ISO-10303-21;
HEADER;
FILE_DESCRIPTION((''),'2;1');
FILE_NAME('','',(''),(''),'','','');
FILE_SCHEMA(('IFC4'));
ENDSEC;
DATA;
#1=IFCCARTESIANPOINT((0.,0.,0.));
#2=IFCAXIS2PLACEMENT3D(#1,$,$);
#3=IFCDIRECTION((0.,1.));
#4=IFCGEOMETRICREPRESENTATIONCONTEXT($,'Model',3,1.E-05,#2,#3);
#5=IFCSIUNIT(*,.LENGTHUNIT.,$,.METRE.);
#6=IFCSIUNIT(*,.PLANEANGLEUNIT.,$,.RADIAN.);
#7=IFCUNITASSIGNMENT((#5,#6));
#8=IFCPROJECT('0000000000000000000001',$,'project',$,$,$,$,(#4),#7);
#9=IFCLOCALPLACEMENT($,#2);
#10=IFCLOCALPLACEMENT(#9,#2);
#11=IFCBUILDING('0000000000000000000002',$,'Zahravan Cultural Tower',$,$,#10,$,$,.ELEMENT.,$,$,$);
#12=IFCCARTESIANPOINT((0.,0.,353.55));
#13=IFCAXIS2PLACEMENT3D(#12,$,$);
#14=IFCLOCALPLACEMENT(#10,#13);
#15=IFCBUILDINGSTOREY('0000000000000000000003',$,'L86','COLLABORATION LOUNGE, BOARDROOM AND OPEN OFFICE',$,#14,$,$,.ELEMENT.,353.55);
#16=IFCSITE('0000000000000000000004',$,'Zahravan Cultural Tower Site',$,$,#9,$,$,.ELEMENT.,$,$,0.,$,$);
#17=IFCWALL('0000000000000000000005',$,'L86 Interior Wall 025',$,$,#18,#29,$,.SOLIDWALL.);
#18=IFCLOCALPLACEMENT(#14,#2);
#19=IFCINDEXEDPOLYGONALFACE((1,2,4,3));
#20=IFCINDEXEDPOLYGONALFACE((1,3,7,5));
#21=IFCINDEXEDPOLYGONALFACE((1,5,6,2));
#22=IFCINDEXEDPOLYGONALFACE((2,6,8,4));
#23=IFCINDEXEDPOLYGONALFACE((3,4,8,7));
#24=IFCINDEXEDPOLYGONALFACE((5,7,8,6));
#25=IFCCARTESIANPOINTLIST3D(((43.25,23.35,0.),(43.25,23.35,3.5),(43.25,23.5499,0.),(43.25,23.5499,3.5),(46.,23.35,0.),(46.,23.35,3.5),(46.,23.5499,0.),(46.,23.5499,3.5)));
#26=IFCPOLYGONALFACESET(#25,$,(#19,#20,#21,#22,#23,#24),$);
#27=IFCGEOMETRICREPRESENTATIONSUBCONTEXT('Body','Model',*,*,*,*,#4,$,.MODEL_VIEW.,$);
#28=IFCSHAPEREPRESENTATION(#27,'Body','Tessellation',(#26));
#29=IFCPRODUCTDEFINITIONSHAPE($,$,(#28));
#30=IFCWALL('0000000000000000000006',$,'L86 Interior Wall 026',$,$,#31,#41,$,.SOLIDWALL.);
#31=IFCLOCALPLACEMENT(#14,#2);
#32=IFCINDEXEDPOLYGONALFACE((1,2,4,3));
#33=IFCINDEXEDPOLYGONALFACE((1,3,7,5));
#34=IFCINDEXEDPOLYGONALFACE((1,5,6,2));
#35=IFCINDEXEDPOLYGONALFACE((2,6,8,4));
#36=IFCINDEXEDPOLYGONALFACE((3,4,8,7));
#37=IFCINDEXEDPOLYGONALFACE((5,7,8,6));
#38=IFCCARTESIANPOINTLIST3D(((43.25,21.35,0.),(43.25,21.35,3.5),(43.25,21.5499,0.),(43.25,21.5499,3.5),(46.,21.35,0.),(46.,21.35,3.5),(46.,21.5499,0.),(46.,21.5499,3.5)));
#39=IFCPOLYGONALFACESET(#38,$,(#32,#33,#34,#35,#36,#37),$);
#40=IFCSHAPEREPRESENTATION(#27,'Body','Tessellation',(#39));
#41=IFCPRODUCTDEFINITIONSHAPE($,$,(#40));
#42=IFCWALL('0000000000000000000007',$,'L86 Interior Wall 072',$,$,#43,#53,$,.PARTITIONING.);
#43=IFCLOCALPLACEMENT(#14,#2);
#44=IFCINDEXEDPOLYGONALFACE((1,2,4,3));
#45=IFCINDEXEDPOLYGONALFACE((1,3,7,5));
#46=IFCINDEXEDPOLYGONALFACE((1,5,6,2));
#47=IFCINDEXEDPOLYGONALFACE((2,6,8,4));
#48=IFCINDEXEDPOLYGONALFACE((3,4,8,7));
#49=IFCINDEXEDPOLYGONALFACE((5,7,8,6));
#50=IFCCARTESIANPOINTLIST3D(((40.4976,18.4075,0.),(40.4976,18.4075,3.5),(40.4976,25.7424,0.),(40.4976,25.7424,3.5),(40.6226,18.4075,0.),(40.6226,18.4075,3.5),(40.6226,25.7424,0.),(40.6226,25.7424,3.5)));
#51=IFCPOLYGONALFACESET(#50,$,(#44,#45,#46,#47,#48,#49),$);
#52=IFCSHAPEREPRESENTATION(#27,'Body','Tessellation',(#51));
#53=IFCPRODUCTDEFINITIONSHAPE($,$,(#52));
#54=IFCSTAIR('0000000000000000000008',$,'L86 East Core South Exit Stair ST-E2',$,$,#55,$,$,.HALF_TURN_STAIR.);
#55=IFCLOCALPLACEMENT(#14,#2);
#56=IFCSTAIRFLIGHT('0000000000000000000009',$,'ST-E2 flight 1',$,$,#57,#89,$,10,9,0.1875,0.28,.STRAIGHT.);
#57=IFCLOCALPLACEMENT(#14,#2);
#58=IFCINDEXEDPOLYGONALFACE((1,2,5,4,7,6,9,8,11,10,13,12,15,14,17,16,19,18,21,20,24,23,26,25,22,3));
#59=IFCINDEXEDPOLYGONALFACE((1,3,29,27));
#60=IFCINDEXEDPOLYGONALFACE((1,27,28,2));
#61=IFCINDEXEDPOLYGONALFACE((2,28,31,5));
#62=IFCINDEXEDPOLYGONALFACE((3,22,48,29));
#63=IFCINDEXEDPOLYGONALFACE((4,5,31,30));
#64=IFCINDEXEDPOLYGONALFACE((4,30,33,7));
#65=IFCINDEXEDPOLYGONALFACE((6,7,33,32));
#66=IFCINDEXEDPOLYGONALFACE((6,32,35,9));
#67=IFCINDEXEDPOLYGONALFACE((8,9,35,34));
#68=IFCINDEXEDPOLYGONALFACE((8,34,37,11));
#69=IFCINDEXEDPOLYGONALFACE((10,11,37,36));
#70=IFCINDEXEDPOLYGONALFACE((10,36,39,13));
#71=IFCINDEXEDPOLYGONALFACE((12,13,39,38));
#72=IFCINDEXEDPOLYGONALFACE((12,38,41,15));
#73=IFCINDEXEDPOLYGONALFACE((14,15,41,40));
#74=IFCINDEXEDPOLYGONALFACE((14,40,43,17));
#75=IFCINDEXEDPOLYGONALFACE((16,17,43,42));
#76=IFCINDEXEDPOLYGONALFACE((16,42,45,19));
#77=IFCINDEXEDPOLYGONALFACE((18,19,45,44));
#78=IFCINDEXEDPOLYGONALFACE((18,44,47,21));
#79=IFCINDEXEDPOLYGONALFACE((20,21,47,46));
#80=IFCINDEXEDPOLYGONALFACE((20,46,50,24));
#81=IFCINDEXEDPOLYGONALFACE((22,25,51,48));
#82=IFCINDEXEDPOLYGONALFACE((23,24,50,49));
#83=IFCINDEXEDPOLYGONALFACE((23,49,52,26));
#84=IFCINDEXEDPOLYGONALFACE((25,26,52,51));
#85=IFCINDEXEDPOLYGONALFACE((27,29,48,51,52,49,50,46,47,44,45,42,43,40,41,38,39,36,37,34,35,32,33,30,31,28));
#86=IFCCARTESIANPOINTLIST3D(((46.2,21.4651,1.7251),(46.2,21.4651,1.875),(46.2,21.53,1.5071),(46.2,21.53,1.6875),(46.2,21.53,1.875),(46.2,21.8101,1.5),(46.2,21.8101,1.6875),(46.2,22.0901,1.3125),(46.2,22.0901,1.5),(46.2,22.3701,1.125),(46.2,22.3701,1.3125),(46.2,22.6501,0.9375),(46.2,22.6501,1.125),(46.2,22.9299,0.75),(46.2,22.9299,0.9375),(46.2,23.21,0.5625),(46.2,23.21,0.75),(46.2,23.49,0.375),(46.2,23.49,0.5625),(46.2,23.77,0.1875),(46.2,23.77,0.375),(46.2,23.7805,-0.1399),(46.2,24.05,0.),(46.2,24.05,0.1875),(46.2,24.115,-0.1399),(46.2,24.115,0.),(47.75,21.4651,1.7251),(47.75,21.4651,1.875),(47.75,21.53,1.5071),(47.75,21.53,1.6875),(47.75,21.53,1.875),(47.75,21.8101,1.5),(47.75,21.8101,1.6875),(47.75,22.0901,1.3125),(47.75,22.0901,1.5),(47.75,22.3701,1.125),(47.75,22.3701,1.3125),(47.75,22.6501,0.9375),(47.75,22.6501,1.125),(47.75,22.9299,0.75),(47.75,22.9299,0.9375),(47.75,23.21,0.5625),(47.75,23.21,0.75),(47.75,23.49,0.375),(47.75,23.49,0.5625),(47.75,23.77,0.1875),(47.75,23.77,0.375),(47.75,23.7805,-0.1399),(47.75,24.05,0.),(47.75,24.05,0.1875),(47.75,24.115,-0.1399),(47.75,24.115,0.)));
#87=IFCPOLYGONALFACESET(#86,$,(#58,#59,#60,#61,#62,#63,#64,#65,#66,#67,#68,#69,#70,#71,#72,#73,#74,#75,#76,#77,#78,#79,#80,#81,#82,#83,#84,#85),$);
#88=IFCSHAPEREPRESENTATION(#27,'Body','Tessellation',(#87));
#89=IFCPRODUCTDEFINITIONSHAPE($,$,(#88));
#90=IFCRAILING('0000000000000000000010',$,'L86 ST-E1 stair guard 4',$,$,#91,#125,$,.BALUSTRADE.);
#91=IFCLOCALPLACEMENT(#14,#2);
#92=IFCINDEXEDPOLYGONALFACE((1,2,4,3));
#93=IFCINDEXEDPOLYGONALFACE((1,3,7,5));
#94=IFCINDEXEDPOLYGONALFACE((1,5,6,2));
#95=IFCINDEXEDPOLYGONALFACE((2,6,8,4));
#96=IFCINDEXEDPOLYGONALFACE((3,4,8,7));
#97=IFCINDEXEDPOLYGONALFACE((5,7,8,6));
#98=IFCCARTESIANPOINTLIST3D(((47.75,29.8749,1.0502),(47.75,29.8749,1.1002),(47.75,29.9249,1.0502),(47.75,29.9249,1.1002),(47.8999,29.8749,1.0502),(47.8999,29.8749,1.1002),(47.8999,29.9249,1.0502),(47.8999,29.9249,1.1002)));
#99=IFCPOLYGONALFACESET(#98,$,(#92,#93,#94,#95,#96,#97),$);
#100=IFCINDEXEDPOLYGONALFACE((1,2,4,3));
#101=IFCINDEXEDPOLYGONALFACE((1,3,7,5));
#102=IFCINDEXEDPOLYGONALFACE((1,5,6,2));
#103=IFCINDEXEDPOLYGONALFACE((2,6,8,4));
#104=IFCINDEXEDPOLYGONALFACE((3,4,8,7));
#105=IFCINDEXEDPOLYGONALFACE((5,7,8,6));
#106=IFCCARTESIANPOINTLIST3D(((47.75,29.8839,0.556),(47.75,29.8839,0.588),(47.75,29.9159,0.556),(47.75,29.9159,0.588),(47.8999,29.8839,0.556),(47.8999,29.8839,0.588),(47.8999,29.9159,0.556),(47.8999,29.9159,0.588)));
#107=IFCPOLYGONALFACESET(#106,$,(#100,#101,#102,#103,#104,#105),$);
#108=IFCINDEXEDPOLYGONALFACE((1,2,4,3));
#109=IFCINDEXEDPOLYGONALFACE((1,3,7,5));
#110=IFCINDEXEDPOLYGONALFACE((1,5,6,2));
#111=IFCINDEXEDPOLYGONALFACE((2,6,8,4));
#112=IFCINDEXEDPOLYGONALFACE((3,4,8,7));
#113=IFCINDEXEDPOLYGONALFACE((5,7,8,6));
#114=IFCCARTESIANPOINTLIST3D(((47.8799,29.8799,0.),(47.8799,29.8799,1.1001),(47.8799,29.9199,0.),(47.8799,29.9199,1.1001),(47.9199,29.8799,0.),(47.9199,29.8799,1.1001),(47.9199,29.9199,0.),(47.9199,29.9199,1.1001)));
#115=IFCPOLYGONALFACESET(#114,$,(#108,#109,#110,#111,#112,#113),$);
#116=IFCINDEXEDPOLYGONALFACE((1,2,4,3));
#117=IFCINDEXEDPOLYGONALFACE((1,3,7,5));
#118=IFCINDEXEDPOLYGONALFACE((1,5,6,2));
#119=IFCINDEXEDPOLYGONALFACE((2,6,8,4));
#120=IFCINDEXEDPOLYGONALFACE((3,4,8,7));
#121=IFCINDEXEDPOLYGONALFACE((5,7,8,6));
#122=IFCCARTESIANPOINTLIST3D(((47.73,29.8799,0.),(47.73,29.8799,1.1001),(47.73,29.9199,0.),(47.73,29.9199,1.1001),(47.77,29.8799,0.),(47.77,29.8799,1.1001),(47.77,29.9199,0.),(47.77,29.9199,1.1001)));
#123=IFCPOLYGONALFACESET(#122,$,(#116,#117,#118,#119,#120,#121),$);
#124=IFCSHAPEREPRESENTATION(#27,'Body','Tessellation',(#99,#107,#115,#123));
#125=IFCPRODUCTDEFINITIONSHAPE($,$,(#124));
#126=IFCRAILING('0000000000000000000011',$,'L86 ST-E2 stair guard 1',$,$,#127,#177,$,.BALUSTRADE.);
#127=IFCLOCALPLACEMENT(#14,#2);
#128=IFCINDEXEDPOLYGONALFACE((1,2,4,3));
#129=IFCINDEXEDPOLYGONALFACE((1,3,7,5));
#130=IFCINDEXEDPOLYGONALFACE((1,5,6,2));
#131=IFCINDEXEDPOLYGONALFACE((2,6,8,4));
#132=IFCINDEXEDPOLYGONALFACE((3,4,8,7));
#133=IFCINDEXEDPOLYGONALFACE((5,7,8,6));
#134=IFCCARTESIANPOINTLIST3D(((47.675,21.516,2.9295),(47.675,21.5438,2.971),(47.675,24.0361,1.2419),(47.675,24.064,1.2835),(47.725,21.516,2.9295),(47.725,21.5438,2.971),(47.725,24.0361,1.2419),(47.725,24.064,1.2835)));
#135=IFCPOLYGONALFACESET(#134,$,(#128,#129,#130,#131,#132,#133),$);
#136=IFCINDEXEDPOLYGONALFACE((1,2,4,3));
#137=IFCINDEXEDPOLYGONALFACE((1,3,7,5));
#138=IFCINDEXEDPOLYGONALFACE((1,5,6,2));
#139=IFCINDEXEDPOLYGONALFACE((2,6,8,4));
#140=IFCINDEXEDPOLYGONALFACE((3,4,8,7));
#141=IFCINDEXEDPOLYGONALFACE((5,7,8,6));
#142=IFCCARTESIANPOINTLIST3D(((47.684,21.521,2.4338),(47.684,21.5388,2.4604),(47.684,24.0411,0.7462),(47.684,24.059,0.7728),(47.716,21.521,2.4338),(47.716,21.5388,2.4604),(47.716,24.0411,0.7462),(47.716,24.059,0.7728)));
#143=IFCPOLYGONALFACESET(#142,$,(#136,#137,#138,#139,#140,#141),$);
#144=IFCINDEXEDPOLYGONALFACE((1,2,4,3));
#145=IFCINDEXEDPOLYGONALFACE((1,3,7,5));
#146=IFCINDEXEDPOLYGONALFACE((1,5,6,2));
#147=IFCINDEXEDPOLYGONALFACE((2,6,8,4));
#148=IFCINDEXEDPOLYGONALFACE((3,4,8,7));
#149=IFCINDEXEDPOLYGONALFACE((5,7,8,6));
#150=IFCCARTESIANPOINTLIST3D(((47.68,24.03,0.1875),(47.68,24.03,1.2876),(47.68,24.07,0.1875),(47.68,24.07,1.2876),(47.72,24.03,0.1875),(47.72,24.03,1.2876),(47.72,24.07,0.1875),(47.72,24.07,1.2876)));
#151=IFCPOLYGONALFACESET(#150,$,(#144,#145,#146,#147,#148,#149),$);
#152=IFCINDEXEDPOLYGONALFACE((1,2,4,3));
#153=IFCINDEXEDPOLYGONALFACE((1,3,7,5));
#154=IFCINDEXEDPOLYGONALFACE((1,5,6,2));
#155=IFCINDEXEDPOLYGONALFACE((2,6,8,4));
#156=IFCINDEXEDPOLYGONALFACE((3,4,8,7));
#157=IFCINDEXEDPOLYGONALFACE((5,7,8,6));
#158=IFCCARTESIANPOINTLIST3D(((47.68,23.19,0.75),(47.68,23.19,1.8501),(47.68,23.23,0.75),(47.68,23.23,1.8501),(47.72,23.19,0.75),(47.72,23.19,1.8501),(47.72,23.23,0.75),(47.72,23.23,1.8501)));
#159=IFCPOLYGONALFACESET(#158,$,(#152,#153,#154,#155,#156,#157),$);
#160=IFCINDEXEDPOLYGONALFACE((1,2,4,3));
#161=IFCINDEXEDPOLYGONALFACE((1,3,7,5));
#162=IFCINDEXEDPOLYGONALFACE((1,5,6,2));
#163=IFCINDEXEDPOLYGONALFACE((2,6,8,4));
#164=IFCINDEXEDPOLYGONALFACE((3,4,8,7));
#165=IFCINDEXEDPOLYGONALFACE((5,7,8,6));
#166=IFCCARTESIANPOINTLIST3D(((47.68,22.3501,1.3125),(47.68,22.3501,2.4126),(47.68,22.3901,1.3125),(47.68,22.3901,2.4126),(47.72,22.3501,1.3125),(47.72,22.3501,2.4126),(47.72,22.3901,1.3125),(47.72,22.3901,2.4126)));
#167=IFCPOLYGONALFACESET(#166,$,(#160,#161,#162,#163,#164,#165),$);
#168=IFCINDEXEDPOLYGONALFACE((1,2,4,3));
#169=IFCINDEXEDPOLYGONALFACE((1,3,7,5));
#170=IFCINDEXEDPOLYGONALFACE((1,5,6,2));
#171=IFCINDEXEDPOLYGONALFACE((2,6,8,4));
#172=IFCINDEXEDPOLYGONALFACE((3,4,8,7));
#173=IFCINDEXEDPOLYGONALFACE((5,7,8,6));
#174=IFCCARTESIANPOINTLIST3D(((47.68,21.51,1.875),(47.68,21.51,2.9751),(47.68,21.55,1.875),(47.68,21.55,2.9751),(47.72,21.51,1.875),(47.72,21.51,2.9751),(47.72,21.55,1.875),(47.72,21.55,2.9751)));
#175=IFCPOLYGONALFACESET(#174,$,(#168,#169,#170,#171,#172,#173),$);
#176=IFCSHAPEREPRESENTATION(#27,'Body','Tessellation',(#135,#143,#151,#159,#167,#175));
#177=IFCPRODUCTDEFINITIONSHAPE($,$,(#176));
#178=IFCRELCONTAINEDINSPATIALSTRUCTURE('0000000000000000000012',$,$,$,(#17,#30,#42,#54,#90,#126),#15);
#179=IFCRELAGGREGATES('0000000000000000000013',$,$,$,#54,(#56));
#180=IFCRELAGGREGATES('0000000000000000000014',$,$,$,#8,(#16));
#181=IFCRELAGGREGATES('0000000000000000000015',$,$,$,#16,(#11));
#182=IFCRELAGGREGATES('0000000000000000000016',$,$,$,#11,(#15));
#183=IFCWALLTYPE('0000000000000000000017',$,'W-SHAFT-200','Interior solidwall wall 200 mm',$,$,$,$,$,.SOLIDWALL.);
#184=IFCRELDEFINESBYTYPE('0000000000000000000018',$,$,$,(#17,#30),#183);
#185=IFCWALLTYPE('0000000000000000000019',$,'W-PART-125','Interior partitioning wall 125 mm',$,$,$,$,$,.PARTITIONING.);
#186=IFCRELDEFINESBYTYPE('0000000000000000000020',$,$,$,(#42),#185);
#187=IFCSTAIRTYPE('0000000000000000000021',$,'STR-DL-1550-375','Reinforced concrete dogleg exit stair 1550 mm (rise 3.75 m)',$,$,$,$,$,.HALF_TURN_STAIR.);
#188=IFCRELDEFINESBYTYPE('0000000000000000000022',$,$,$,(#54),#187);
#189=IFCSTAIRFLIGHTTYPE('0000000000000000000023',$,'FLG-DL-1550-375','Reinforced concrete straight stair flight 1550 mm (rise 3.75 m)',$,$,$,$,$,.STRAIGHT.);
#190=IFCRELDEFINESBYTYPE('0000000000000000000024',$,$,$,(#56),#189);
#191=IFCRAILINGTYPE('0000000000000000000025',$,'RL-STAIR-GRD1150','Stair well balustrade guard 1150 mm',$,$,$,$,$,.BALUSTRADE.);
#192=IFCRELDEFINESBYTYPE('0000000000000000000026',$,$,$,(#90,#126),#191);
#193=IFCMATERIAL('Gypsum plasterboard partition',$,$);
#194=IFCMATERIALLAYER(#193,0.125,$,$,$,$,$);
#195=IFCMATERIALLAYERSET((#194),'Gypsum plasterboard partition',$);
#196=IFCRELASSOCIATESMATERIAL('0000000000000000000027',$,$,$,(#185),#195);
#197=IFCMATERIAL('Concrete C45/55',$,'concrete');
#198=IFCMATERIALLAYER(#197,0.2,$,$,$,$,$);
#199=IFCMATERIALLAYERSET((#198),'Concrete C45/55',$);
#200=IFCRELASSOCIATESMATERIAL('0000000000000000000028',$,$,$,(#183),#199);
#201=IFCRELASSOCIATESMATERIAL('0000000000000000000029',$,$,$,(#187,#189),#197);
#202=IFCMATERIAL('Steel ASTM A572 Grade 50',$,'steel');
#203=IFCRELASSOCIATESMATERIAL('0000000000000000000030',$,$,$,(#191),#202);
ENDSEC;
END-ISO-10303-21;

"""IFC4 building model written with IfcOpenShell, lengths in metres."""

from ifc_helpers import new_model, si_unit, direction, frame, frame_2d, origin, origin_2d, place, context, subcontext, project, spatial, polyline, rectangle, outline, extrude, source, transform, mapped, material, layer, layer_set, type_object, element, aggregate, save


model = new_model("IFC4")

# Units and contexts
model_context = context("Model", 3, precision=1e-05, world=origin(), true_north=direction((0.0, 1.0)))
body_context = subcontext(model_context, "Body", "Model", "MODEL_VIEW")
ifc_project = project(units=[si_unit("LENGTHUNIT", "METRE"), si_unit("PLANEANGLEUNIT", "RADIAN")], contexts=[model_context])

# Site, building, storey
site_placement = place(None, origin())
site = spatial("IfcSite", under=ifc_project, at=site_placement, Name="Zahravan Cultural Tower Site", CompositionType="ELEMENT", RefElevation=0.0)
building_placement = place(site_placement, origin())
building = spatial("IfcBuilding", under=site, at=building_placement, Name="Zahravan Cultural Tower", CompositionType="ELEMENT")
storey_placement = place(building_placement, frame((0.0, 0.0, 353.55)))
storey = spatial("IfcBuildingStorey", under=building, at=storey_placement, Name="L86", Description="COLLABORATION LOUNGE, BOARDROOM AND OPEN OFFICE", CompositionType="ELEMENT", Elevation=353.55)

# Shared definitions
ifc_material_1 = material(Name="Steel ASTM A572 Grade 50", Category="steel")
ifc_material_2 = material(Name="Gypsum plasterboard partition")
ifc_layer_1 = layer(ifc_material_2, 0.125)
ifc_layer_set_1 = layer_set([ifc_layer_1], Name="Gypsum plasterboard partition")
wall_type_1 = type_object("IfcWallType", Name="W-PART-125", Description="Interior partitioning wall 125 mm", PredefinedType="PARTITIONING", material=ifc_layer_set_1)
ifc_material_3 = material(Name="Concrete C45/55", Category="concrete")
ifc_layer_2 = layer(ifc_material_3, 0.2)
ifc_layer_set_2 = layer_set([ifc_layer_2], Name="Concrete C45/55")
wall_type_2 = type_object("IfcWallType", Name="W-SHAFT-200", Description="Interior solidwall wall 200 mm", PredefinedType="SOLIDWALL", material=ifc_layer_set_2)

# Walls
shared_shape_1 = source(origin(), body_context, "Body", "SweptSolid", [
    extrude(rectangle(XDim=2.75, YDim=0.2, at=frame_2d((1.375, 0.0))), origin(), (0.0, 0.0, 1.0), 3.5),
])
for number, where, z_axis, x_axis, name in (
    (1, (43.25, 23.45, 0.0), (0.0, 0.0, 1.0), (1.0, 0.0, 0.0), "L86 Interior Wall 025"),
    (2, (43.25, 21.45, 0.0), (0.0, 0.0, 1.0), (1.0, 0.0, 0.0), "L86 Interior Wall 026"),
):
    element("IfcWall", number, at=place(storey_placement, frame(where, z_axis=z_axis, x_axis=x_axis)), inside=storey, type_object=wall_type_2, Name=name, PredefinedType="SOLIDWALL", context=body_context, shape_type="MappedRepresentation", body=[
        mapped(shared_shape_1, transform((0.0, 0.0, 0.0), x_axis=(1.0, 0.0, 0.0), y_axis=(0.0, 1.0, 0.0), z_axis=(0.0, 0.0, 1.0), scale=1.0)),
    ])
shared_shape_2 = source(origin(), body_context, "Body", "SweptSolid", [
    extrude(rectangle(XDim=7.335, YDim=0.125, at=frame_2d((3.6675, 0.0))), origin(), (0.0, 0.0, 1.0), 3.5),
])
wall_1_placement = place(storey_placement, frame((40.5601, 25.7424, 0.0), z_axis=(0.0, 0.0, 1.0), x_axis=(0.0, -1.0, 0.0)))
element("IfcWall", 3, at=wall_1_placement, inside=storey, type_object=wall_type_1, Name="L86 Interior Wall 072", PredefinedType="PARTITIONING", context=body_context, shape_type="MappedRepresentation", body=[
    mapped(shared_shape_2, transform((0.0, 0.0, 0.0), x_axis=(1.0, 0.0, 0.0), y_axis=(0.0, 1.0, 0.0), z_axis=(0.0, 0.0, 1.0), scale=1.0)),
])

# Stair, stair flight
stair_type = type_object("IfcStairType", Name="STR-DL-1550-375", Description="Reinforced concrete dogleg exit stair 1550 mm (rise 3.75 m)", PredefinedType="HALF_TURN_STAIR", material=ifc_material_3)
stair_placement = place(storey_placement, origin())
stair = element("IfcStair", 4, at=stair_placement, inside=storey, type_object=stair_type, Name="L86 East Core South Exit Stair ST-E2", PredefinedType="HALF_TURN_STAIR")
stair_flight_type = type_object("IfcStairFlightType", Name="FLG-DL-1550-375", Description="Reinforced concrete straight stair flight 1550 mm (rise 3.75 m)", PredefinedType="STRAIGHT", material=ifc_material_3)
stair_flight_placement = place(storey_placement, frame((46.9751, 24.05, 0.0), z_axis=(0.0, 0.0, 1.0), x_axis=(0.0, -1.0, 0.0)))
stair_flight = element("IfcStairFlight", 5, at=stair_flight_placement, type_object=stair_flight_type, Name="ST-E2 flight 1", NumberOfRisers=10, NumberOfTreads=9, PredefinedType="STRAIGHT", RiserHeight=0.1875, TreadLength=0.28, context=body_context, shape_type="SweptSolid", body=[
    extrude(outline(polyline([(-0.0649, -0.1399), (-0.0649, 0.0), (0.0, 0.0), (0.0, 0.1875), (0.28, 0.1875), (0.28, 0.375), (0.5601, 0.375), (0.5601, 0.5625), (0.8401, 0.5625), (0.8401, 0.75), (1.1201, 0.75), (1.1201, 0.9375), (1.3999, 0.9375), (1.3999, 1.125), (1.6799, 1.125), (1.6799, 1.3125), (1.96, 1.3125), (1.96, 1.5), (2.24, 1.5), (2.24, 1.6875), (2.52, 1.6875), (2.52, 1.875), (2.585, 1.875), (2.585, 1.7251), (2.52, 1.5071), (0.2695, -0.1399), (-0.0649, -0.1399)])), frame((0.0, 0.7749, 0.0), z_axis=(0.0, -1.0, 0.0), x_axis=(1.0, 0.0, 0.0)), (0.0, 0.0, 1.0), 1.55),
])
aggregate(stair, [stair_flight])

# Railings
railing_type_1 = type_object("IfcRailingType", Name="RL-STAIR-GRD1150", Description="Stair well balustrade guard 1150 mm", PredefinedType="BALUSTRADE", material=ifc_material_1)
railing_1_placement = place(storey_placement, frame((47.8999, 29.8999, 0.0)))
element("IfcRailing", 6, at=railing_1_placement, inside=storey, type_object=railing_type_1, Name="L86 ST-E1 stair guard 4", PredefinedType="BALUSTRADE", context=body_context, shape_type="SweptSolid", body=[
    extrude(rectangle(XDim=0.05, YDim=0.05, at=origin_2d()), frame((0.0, 0.0, 1.0752), z_axis=(-1.0, 0.0, 0.0), x_axis=(0.0, -1.0, 0.0)), (0.0, 0.0, 1.0), 0.1499),
    extrude(rectangle(XDim=0.032, YDim=0.032, at=origin_2d()), frame((0.0, 0.0, 0.572), z_axis=(-1.0, 0.0, 0.0), x_axis=(0.0, -1.0, 0.0)), (0.0, 0.0, 1.0), 0.1499),
    extrude(rectangle(XDim=0.04, YDim=0.04, at=origin_2d()), origin(), (0.0, 0.0, 1.0), 1.1001),
    extrude(rectangle(XDim=0.04, YDim=0.04, at=origin_2d()), frame((-0.1499, 0.0, 0.0)), (0.0, 0.0, 1.0), 1.1001),
])
railing_2_placement = place(storey_placement, frame((47.7, 24.05, 0.1875)))
element("IfcRailing", 7, at=railing_2_placement, inside=storey, type_object=railing_type_1, Name="L86 ST-E2 stair guard 1", PredefinedType="BALUSTRADE", context=body_context, shape_type="SweptSolid", body=[
    extrude(rectangle(XDim=0.05, YDim=0.05, at=origin_2d()), frame((0.0, 0.0, 1.0752), z_axis=(0.0, -0.830909, 0.556408), x_axis=(1.0, 0.0, 0.0)), (0.0, 0.0, 1.0), 3.033),
    extrude(rectangle(XDim=0.032, YDim=0.032, at=origin_2d()), frame((0.0, 0.0, 0.572), z_axis=(0.0, -0.830909, 0.556408), x_axis=(1.0, 0.0, 0.0)), (0.0, 0.0, 1.0), 3.033),
    extrude(rectangle(XDim=0.04, YDim=0.04, at=origin_2d()), origin(), (0.0, 0.0, 1.0), 1.1001),
    extrude(rectangle(XDim=0.04, YDim=0.04, at=origin_2d()), frame((0.0, -0.8401, 0.5625)), (0.0, 0.0, 1.0), 1.1001),
    extrude(rectangle(XDim=0.04, YDim=0.04, at=origin_2d()), frame((0.0, -1.6799, 1.125)), (0.0, 0.0, 1.0), 1.1001),
    extrude(rectangle(XDim=0.04, YDim=0.04, at=origin_2d()), frame((0.0, -2.52, 1.6875)), (0.0, 0.0, 1.0), 1.1001),
])

save(model, "model.ifc")
